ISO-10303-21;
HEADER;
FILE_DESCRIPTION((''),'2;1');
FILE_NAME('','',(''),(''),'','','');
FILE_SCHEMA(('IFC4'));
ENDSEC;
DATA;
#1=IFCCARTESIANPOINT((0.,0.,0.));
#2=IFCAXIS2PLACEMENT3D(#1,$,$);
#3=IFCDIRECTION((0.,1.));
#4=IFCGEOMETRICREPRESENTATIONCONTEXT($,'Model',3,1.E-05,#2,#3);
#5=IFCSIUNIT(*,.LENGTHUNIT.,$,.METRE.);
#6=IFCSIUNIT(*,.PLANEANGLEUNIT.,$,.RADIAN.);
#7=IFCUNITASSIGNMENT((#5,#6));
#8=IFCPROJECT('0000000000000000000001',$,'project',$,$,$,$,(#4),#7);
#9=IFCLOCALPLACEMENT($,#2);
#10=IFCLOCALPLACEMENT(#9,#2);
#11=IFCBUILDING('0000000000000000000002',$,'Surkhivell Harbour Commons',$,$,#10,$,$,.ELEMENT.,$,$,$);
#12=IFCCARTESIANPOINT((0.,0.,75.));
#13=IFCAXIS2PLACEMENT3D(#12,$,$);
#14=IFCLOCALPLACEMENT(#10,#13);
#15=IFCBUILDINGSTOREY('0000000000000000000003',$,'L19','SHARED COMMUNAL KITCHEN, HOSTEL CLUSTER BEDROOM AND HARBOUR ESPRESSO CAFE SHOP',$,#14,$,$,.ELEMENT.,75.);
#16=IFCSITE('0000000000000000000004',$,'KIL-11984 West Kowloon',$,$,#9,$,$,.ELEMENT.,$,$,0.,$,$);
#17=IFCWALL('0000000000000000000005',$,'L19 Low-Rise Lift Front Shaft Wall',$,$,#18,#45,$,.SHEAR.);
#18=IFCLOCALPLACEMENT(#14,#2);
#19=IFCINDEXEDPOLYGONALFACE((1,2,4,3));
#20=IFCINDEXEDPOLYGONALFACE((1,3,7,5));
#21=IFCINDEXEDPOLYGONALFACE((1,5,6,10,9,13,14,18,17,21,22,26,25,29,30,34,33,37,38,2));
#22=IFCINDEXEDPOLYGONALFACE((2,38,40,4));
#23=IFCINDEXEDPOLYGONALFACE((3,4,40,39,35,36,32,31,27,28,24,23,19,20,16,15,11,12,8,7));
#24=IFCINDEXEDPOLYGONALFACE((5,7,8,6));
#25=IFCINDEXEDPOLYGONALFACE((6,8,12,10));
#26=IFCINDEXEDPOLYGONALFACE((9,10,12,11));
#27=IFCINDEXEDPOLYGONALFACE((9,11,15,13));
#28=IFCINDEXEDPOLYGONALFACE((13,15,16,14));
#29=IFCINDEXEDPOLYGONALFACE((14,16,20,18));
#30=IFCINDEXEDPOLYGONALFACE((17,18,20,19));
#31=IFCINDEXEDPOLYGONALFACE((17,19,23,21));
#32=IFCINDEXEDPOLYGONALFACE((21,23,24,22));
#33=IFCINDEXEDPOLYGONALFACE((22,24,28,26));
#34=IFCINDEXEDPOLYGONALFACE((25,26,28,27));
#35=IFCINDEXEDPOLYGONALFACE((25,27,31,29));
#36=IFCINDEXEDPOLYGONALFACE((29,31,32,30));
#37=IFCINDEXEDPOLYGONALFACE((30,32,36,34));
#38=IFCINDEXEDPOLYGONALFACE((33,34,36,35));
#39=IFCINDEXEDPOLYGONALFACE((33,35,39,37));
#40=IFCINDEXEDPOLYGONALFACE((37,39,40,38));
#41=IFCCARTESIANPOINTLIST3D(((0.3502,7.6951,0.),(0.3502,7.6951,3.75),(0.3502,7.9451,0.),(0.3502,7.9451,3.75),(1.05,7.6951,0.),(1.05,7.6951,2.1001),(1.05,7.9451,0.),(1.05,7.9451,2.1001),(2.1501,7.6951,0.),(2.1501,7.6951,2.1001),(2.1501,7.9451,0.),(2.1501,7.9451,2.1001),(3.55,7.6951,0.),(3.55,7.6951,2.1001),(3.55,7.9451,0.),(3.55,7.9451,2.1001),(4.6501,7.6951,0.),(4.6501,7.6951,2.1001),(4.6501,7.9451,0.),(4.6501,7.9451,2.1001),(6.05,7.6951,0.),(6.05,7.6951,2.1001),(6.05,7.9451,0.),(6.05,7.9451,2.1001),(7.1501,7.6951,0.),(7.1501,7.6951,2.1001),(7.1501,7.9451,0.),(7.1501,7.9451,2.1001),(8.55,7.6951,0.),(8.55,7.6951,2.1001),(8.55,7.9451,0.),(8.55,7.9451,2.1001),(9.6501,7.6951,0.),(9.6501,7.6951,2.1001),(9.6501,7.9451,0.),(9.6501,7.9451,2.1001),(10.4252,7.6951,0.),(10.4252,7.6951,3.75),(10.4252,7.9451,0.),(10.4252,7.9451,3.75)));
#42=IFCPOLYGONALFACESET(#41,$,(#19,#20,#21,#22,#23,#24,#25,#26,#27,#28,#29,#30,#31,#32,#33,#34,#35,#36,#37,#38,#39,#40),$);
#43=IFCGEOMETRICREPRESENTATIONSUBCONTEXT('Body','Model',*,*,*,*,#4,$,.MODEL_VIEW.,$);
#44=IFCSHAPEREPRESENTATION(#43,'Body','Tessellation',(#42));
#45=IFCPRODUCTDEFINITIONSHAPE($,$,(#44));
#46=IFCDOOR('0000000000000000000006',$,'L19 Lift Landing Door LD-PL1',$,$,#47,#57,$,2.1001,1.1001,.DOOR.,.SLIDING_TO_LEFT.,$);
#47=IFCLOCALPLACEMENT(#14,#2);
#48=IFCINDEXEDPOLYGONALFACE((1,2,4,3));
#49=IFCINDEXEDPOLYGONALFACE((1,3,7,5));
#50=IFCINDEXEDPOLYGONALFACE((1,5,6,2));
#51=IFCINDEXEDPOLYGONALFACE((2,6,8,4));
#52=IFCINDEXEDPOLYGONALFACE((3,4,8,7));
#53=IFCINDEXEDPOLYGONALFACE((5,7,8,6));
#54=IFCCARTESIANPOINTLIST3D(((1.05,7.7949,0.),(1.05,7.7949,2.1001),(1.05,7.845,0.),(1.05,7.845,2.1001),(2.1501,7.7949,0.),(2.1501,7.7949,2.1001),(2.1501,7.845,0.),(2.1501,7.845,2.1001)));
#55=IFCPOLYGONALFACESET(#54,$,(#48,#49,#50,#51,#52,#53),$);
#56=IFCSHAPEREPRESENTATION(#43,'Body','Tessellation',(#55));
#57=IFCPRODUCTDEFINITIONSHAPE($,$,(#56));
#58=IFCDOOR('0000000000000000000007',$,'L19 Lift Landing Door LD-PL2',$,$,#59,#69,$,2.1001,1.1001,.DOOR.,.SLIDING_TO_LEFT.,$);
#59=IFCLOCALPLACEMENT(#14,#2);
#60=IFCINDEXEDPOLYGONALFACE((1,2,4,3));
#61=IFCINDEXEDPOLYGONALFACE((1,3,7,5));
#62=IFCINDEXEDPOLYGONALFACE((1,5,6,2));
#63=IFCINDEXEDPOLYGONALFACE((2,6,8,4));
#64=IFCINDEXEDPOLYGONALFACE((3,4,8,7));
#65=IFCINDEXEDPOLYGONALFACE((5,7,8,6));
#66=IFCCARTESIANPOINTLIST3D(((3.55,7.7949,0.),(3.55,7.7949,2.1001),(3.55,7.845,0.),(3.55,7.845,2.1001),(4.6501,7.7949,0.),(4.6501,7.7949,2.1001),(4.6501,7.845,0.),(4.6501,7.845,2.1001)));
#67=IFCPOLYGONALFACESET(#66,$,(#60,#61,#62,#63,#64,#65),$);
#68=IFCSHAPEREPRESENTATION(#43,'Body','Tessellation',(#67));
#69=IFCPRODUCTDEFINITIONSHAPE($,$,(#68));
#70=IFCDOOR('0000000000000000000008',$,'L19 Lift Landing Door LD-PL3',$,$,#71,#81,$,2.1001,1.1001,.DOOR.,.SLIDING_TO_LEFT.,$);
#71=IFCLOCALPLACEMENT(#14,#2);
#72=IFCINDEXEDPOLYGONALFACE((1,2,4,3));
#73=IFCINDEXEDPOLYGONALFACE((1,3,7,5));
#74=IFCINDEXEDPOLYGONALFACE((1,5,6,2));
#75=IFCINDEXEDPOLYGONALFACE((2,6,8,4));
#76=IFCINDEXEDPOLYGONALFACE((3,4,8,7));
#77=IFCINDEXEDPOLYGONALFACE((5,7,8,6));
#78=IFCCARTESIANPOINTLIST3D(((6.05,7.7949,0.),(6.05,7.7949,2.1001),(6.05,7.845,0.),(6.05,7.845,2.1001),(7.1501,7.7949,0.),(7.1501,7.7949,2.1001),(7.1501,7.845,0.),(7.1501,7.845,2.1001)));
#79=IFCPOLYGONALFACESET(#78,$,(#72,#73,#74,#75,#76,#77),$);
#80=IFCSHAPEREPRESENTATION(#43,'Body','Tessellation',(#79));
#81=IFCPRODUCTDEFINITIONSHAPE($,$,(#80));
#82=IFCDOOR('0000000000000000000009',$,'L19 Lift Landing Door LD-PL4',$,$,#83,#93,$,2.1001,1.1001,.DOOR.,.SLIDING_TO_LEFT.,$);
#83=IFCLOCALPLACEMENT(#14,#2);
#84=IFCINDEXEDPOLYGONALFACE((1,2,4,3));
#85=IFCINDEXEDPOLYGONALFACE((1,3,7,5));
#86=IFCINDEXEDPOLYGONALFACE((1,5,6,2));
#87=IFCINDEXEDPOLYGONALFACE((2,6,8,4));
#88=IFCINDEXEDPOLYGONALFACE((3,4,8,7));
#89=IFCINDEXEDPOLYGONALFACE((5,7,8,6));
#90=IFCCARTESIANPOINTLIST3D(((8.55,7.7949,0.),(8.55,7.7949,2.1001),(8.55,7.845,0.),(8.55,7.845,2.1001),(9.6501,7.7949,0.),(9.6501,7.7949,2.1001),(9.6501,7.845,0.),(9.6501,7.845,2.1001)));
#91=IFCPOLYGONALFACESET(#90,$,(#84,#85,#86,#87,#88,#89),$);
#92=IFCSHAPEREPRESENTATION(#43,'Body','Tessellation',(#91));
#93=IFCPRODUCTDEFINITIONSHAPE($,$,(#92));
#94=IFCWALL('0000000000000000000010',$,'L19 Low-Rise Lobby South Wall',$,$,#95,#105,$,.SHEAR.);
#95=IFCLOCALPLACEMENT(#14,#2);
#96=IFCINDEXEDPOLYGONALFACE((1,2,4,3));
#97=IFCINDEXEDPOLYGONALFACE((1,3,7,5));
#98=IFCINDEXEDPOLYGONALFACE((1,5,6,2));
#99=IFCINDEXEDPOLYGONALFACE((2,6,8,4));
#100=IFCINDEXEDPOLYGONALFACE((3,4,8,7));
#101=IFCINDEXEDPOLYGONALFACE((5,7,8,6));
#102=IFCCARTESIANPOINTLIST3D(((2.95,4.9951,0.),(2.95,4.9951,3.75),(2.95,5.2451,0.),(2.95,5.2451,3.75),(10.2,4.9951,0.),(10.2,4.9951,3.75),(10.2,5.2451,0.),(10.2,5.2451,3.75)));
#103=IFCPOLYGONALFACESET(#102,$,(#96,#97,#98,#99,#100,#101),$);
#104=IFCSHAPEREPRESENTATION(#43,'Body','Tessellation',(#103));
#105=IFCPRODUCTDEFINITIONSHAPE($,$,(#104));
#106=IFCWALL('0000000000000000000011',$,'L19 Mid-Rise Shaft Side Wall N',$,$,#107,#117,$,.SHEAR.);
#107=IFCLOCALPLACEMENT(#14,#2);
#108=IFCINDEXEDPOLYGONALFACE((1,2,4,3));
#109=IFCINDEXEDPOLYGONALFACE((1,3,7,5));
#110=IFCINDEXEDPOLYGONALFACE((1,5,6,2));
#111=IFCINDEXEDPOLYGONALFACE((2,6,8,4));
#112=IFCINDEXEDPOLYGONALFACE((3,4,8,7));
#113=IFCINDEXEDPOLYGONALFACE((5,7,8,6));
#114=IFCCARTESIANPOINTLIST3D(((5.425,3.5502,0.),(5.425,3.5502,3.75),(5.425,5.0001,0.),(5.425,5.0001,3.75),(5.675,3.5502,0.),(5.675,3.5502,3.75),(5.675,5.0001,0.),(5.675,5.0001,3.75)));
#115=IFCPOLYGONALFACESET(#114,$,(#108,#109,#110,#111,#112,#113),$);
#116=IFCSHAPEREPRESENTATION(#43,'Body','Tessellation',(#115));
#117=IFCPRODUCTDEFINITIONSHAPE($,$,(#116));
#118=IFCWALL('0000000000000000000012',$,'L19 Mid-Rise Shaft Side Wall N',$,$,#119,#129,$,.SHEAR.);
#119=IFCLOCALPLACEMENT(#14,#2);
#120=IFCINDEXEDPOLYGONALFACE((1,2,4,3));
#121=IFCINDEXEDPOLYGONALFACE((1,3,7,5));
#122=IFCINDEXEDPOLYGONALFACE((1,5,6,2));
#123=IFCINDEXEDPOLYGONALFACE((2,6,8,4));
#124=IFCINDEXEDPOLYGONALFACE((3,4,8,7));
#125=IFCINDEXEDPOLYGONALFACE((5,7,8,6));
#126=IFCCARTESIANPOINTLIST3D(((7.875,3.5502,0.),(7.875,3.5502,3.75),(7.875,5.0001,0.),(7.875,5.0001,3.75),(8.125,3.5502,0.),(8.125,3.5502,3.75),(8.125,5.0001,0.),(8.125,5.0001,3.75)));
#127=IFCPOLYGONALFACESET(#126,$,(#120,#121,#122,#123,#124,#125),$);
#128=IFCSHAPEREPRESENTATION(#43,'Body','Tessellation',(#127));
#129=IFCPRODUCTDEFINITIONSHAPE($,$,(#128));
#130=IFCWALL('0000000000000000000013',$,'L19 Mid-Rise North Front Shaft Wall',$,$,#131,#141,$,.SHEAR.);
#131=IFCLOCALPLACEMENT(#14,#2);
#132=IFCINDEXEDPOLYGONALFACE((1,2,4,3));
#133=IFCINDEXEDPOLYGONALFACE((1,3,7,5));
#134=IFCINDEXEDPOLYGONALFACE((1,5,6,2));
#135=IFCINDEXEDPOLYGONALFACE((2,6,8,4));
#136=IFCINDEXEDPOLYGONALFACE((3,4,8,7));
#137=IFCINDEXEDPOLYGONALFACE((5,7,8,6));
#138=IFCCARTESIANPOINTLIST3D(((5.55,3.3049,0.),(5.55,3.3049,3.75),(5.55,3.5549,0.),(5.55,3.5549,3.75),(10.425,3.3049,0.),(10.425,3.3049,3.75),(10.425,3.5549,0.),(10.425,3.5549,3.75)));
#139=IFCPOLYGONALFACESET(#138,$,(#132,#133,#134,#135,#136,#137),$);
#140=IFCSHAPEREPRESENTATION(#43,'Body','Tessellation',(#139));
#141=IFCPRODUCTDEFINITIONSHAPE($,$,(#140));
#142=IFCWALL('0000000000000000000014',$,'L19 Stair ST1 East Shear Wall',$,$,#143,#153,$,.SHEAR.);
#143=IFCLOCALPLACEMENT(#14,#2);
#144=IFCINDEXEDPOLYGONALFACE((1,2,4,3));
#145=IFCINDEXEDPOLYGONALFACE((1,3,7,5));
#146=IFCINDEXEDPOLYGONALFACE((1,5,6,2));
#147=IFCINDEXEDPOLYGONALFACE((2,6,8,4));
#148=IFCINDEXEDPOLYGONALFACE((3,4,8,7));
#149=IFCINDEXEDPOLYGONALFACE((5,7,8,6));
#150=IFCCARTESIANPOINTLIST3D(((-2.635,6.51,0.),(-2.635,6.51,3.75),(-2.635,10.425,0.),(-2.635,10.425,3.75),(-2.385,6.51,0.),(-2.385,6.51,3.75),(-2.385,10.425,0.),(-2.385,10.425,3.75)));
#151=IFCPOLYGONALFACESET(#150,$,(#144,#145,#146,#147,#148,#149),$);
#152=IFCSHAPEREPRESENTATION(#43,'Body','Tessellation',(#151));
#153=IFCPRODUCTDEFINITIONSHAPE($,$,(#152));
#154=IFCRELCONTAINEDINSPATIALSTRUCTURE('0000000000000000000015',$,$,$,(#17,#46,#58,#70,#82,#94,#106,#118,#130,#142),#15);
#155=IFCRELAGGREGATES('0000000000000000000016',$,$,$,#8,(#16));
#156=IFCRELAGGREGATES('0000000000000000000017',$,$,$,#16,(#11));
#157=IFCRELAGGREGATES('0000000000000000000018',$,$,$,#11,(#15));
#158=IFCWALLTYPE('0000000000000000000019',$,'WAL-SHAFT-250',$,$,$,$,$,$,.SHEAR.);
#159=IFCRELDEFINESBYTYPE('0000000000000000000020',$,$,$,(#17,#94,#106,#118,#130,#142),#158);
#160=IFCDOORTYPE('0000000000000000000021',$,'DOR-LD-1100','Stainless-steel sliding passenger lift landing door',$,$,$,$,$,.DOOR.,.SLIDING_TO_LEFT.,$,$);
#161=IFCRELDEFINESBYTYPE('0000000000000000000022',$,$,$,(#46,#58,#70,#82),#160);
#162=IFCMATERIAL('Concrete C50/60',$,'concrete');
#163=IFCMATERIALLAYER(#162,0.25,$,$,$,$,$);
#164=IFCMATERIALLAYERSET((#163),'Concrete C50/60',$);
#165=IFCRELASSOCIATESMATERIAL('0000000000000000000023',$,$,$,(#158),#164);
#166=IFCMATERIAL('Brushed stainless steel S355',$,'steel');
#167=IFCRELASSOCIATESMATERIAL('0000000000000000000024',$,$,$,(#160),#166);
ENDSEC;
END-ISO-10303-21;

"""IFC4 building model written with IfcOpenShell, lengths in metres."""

from ifc_helpers import new_model, si_unit, direction, frame, frame_2d, origin, place, context, subcontext, project, spatial, rectangle, extrude, material, layer, layer_set, type_object, element, fill, save


model = new_model("IFC4")

# Units and contexts
model_context = context("Model", 3, precision=1e-05, world=origin(), true_north=direction((0.0, 1.0)))
body_context = subcontext(model_context, "Body", "Model", "MODEL_VIEW")
ifc_project = project(units=[si_unit("LENGTHUNIT", "METRE"), si_unit("PLANEANGLEUNIT", "RADIAN")], contexts=[model_context])

# Site, building, storey
site_placement = place(None, origin())
site = spatial("IfcSite", under=ifc_project, at=site_placement, Name="KIL-11984 West Kowloon", CompositionType="ELEMENT", RefElevation=0.0)
building_placement = place(site_placement, origin())
building = spatial("IfcBuilding", under=site, at=building_placement, Name="Surkhivell Harbour Commons", CompositionType="ELEMENT")
storey_placement = place(building_placement, frame((0.0, 0.0, 75.0)))
storey = spatial("IfcBuildingStorey", under=building, at=storey_placement, Name="L19", Description="SHARED COMMUNAL KITCHEN, HOSTEL CLUSTER BEDROOM AND HARBOUR ESPRESSO CAFE SHOP", CompositionType="ELEMENT", Elevation=75.0)

# Shared definitions
ifc_material_1 = material(Name="Concrete C50/60", Category="concrete")
ifc_layer_1 = layer(ifc_material_1, 0.25)
ifc_layer_set_1 = layer_set([ifc_layer_1], Name="Concrete C50/60")
wall_type_1 = type_object("IfcWallType", Name="WAL-SHAFT-250", PredefinedType="SHEAR", material=ifc_layer_set_1)

# Wall, openings, doors
wall_1_placement = place(storey_placement, frame((0.3501, 7.8201, 0.0), z_axis=(0.0, 0.0, 1.0), x_axis=(1.0, 0.0, 0.0)))
wall_1 = element("IfcWall", 1, at=wall_1_placement, inside=storey, type_object=wall_type_1, Name="L19 Low-Rise Lift Front Shaft Wall", PredefinedType="SHEAR", context=body_context, shape_type="SweptSolid", body=[
    extrude(rectangle(XDim=10.075, YDim=0.25, at=frame_2d((5.0376, 0.0))), origin(), (0.0, 0.0, 1.0), 3.75),
])
opening_1_placement = place(wall_1_placement, frame((0.7, 0.0, 0.0)))
opening_1 = element("IfcOpeningElement", 2, at=opening_1_placement, cuts=wall_1, PredefinedType="OPENING", context=body_context, shape_type="SweptSolid", body=[
    extrude(rectangle(XDim=1.1001, YDim=2.1001, at=frame_2d((0.55, 1.05))), frame((0.0, 0.135, 0.0), z_axis=(0.0, -1.0, 0.0), x_axis=(1.0, 0.0, 0.0)), (0.0, 0.0, 1.0), 0.27),
])
opening_2_placement = place(wall_1_placement, frame((3.2, 0.0, 0.0)))
opening_2 = element("IfcOpeningElement", 3, at=opening_2_placement, cuts=wall_1, PredefinedType="OPENING", context=body_context, shape_type="SweptSolid", body=[
    extrude(rectangle(XDim=1.1001, YDim=2.1001, at=frame_2d((0.55, 1.05))), frame((0.0, 0.135, 0.0), z_axis=(0.0, -1.0, 0.0), x_axis=(1.0, 0.0, 0.0)), (0.0, 0.0, 1.0), 0.27),
])
opening_3_placement = place(wall_1_placement, frame((5.7, 0.0, 0.0)))
opening_3 = element("IfcOpeningElement", 4, at=opening_3_placement, cuts=wall_1, PredefinedType="OPENING", context=body_context, shape_type="SweptSolid", body=[
    extrude(rectangle(XDim=1.1001, YDim=2.1001, at=frame_2d((0.55, 1.05))), frame((0.0, 0.135, 0.0), z_axis=(0.0, -1.0, 0.0), x_axis=(1.0, 0.0, 0.0)), (0.0, 0.0, 1.0), 0.27),
])
opening_4_placement = place(wall_1_placement, frame((8.2, 0.0, 0.0)))
opening_4 = element("IfcOpeningElement", 5, at=opening_4_placement, cuts=wall_1, PredefinedType="OPENING", context=body_context, shape_type="SweptSolid", body=[
    extrude(rectangle(XDim=1.1001, YDim=2.1001, at=frame_2d((0.55, 1.05))), frame((0.0, 0.135, 0.0), z_axis=(0.0, -1.0, 0.0), x_axis=(1.0, 0.0, 0.0)), (0.0, 0.0, 1.0), 0.27),
])
ifc_material_2 = material(Name="Brushed stainless steel S355", Category="steel")
door_type_1 = type_object("IfcDoorType", Name="DOR-LD-1100", Description="Stainless-steel sliding passenger lift landing door", OperationType="SLIDING_TO_LEFT", PredefinedType="DOOR", material=ifc_material_2)
door_1_placement = place(opening_1_placement, origin())
door_1 = element("IfcDoor", 6, at=door_1_placement, inside=storey, type_object=door_type_1, Name="L19 Lift Landing Door LD-PL1", OperationType="SLIDING_TO_LEFT", OverallHeight=2.1001, OverallWidth=1.1001, PredefinedType="DOOR", context=body_context, shape_type="SweptSolid", body=[
    extrude(rectangle(XDim=1.1001, YDim=2.1001, at=frame_2d((0.55, 1.05))), frame((0.0, 0.0249, 0.0), z_axis=(0.0, -1.0, 0.0), x_axis=(1.0, 0.0, 0.0)), (0.0, 0.0, 1.0), 0.05),
])
fill(opening_1, door_1)
door_2_placement = place(opening_2_placement, origin())
door_2 = element("IfcDoor", 7, at=door_2_placement, inside=storey, type_object=door_type_1, Name="L19 Lift Landing Door LD-PL2", OperationType="SLIDING_TO_LEFT", OverallHeight=2.1001, OverallWidth=1.1001, PredefinedType="DOOR", context=body_context, shape_type="SweptSolid", body=[
    extrude(rectangle(XDim=1.1001, YDim=2.1001, at=frame_2d((0.55, 1.05))), frame((0.0, 0.0249, 0.0), z_axis=(0.0, -1.0, 0.0), x_axis=(1.0, 0.0, 0.0)), (0.0, 0.0, 1.0), 0.05),
])
fill(opening_2, door_2)
door_3_placement = place(opening_3_placement, origin())
door_3 = element("IfcDoor", 8, at=door_3_placement, inside=storey, type_object=door_type_1, Name="L19 Lift Landing Door LD-PL3", OperationType="SLIDING_TO_LEFT", OverallHeight=2.1001, OverallWidth=1.1001, PredefinedType="DOOR", context=body_context, shape_type="SweptSolid", body=[
    extrude(rectangle(XDim=1.1001, YDim=2.1001, at=frame_2d((0.55, 1.05))), frame((0.0, 0.0249, 0.0), z_axis=(0.0, -1.0, 0.0), x_axis=(1.0, 0.0, 0.0)), (0.0, 0.0, 1.0), 0.05),
])
fill(opening_3, door_3)
door_4_placement = place(opening_4_placement, origin())
door_4 = element("IfcDoor", 9, at=door_4_placement, inside=storey, type_object=door_type_1, Name="L19 Lift Landing Door LD-PL4", OperationType="SLIDING_TO_LEFT", OverallHeight=2.1001, OverallWidth=1.1001, PredefinedType="DOOR", context=body_context, shape_type="SweptSolid", body=[
    extrude(rectangle(XDim=1.1001, YDim=2.1001, at=frame_2d((0.55, 1.05))), frame((0.0, 0.0249, 0.0), z_axis=(0.0, -1.0, 0.0), x_axis=(1.0, 0.0, 0.0)), (0.0, 0.0, 1.0), 0.05),
])
fill(opening_4, door_4)

# Walls
wall_2_placement = place(storey_placement, frame((2.95, 5.1201, 0.0), z_axis=(0.0, 0.0, 1.0), x_axis=(1.0, 0.0, 0.0)))
element("IfcWall", 10, at=wall_2_placement, inside=storey, type_object=wall_type_1, Name="L19 Low-Rise Lobby South Wall", PredefinedType="SHEAR", context=body_context, shape_type="SweptSolid", body=[
    extrude(rectangle(XDim=7.25, YDim=0.25, at=frame_2d((3.625, 0.0))), origin(), (0.0, 0.0, 1.0), 3.75),
])
for number, where, z_axis, x_axis, name in (
    (11, (5.55, 3.55, 0.0), (0.0, 0.0, 1.0), (0.0, 1.0, 0.0), "L19 Mid-Rise Shaft Side Wall N"),
    (12, (8.0, 3.55, 0.0), (0.0, 0.0, 1.0), (0.0, 1.0, 0.0), "L19 Mid-Rise Shaft Side Wall N"),
):
    element("IfcWall", number, at=place(storey_placement, frame(where, z_axis=z_axis, x_axis=x_axis)), inside=storey, type_object=wall_type_1, Name=name, PredefinedType="SHEAR", context=body_context, shape_type="SweptSolid", body=[
        extrude(rectangle(XDim=1.45, YDim=0.25, at=frame_2d((0.7251, 0.0))), origin(), (0.0, 0.0, 1.0), 3.75),
    ])
wall_3_placement = place(storey_placement, frame((5.55, 3.4299, 0.0), z_axis=(0.0, 0.0, 1.0), x_axis=(1.0, 0.0, 0.0)))
element("IfcWall", 13, at=wall_3_placement, inside=storey, type_object=wall_type_1, Name="L19 Mid-Rise North Front Shaft Wall", PredefinedType="SHEAR", context=body_context, shape_type="SweptSolid", body=[
    extrude(rectangle(XDim=4.875, YDim=0.25, at=frame_2d((2.4375, 0.0))), origin(), (0.0, 0.0, 1.0), 3.75),
])
wall_4_placement = place(storey_placement, frame((-2.51, 6.51, 0.0), z_axis=(0.0, 0.0, 1.0), x_axis=(0.0, 1.0, 0.0)))
element("IfcWall", 14, at=wall_4_placement, inside=storey, type_object=wall_type_1, Name="L19 Stair ST1 East Shear Wall", PredefinedType="SHEAR", context=body_context, shape_type="SweptSolid", body=[
    extrude(rectangle(XDim=3.915, YDim=0.25, at=frame_2d((1.9575, 0.0))), origin(), (0.0, 0.0, 1.0), 3.75),
])

save(model, "model.ifc")
